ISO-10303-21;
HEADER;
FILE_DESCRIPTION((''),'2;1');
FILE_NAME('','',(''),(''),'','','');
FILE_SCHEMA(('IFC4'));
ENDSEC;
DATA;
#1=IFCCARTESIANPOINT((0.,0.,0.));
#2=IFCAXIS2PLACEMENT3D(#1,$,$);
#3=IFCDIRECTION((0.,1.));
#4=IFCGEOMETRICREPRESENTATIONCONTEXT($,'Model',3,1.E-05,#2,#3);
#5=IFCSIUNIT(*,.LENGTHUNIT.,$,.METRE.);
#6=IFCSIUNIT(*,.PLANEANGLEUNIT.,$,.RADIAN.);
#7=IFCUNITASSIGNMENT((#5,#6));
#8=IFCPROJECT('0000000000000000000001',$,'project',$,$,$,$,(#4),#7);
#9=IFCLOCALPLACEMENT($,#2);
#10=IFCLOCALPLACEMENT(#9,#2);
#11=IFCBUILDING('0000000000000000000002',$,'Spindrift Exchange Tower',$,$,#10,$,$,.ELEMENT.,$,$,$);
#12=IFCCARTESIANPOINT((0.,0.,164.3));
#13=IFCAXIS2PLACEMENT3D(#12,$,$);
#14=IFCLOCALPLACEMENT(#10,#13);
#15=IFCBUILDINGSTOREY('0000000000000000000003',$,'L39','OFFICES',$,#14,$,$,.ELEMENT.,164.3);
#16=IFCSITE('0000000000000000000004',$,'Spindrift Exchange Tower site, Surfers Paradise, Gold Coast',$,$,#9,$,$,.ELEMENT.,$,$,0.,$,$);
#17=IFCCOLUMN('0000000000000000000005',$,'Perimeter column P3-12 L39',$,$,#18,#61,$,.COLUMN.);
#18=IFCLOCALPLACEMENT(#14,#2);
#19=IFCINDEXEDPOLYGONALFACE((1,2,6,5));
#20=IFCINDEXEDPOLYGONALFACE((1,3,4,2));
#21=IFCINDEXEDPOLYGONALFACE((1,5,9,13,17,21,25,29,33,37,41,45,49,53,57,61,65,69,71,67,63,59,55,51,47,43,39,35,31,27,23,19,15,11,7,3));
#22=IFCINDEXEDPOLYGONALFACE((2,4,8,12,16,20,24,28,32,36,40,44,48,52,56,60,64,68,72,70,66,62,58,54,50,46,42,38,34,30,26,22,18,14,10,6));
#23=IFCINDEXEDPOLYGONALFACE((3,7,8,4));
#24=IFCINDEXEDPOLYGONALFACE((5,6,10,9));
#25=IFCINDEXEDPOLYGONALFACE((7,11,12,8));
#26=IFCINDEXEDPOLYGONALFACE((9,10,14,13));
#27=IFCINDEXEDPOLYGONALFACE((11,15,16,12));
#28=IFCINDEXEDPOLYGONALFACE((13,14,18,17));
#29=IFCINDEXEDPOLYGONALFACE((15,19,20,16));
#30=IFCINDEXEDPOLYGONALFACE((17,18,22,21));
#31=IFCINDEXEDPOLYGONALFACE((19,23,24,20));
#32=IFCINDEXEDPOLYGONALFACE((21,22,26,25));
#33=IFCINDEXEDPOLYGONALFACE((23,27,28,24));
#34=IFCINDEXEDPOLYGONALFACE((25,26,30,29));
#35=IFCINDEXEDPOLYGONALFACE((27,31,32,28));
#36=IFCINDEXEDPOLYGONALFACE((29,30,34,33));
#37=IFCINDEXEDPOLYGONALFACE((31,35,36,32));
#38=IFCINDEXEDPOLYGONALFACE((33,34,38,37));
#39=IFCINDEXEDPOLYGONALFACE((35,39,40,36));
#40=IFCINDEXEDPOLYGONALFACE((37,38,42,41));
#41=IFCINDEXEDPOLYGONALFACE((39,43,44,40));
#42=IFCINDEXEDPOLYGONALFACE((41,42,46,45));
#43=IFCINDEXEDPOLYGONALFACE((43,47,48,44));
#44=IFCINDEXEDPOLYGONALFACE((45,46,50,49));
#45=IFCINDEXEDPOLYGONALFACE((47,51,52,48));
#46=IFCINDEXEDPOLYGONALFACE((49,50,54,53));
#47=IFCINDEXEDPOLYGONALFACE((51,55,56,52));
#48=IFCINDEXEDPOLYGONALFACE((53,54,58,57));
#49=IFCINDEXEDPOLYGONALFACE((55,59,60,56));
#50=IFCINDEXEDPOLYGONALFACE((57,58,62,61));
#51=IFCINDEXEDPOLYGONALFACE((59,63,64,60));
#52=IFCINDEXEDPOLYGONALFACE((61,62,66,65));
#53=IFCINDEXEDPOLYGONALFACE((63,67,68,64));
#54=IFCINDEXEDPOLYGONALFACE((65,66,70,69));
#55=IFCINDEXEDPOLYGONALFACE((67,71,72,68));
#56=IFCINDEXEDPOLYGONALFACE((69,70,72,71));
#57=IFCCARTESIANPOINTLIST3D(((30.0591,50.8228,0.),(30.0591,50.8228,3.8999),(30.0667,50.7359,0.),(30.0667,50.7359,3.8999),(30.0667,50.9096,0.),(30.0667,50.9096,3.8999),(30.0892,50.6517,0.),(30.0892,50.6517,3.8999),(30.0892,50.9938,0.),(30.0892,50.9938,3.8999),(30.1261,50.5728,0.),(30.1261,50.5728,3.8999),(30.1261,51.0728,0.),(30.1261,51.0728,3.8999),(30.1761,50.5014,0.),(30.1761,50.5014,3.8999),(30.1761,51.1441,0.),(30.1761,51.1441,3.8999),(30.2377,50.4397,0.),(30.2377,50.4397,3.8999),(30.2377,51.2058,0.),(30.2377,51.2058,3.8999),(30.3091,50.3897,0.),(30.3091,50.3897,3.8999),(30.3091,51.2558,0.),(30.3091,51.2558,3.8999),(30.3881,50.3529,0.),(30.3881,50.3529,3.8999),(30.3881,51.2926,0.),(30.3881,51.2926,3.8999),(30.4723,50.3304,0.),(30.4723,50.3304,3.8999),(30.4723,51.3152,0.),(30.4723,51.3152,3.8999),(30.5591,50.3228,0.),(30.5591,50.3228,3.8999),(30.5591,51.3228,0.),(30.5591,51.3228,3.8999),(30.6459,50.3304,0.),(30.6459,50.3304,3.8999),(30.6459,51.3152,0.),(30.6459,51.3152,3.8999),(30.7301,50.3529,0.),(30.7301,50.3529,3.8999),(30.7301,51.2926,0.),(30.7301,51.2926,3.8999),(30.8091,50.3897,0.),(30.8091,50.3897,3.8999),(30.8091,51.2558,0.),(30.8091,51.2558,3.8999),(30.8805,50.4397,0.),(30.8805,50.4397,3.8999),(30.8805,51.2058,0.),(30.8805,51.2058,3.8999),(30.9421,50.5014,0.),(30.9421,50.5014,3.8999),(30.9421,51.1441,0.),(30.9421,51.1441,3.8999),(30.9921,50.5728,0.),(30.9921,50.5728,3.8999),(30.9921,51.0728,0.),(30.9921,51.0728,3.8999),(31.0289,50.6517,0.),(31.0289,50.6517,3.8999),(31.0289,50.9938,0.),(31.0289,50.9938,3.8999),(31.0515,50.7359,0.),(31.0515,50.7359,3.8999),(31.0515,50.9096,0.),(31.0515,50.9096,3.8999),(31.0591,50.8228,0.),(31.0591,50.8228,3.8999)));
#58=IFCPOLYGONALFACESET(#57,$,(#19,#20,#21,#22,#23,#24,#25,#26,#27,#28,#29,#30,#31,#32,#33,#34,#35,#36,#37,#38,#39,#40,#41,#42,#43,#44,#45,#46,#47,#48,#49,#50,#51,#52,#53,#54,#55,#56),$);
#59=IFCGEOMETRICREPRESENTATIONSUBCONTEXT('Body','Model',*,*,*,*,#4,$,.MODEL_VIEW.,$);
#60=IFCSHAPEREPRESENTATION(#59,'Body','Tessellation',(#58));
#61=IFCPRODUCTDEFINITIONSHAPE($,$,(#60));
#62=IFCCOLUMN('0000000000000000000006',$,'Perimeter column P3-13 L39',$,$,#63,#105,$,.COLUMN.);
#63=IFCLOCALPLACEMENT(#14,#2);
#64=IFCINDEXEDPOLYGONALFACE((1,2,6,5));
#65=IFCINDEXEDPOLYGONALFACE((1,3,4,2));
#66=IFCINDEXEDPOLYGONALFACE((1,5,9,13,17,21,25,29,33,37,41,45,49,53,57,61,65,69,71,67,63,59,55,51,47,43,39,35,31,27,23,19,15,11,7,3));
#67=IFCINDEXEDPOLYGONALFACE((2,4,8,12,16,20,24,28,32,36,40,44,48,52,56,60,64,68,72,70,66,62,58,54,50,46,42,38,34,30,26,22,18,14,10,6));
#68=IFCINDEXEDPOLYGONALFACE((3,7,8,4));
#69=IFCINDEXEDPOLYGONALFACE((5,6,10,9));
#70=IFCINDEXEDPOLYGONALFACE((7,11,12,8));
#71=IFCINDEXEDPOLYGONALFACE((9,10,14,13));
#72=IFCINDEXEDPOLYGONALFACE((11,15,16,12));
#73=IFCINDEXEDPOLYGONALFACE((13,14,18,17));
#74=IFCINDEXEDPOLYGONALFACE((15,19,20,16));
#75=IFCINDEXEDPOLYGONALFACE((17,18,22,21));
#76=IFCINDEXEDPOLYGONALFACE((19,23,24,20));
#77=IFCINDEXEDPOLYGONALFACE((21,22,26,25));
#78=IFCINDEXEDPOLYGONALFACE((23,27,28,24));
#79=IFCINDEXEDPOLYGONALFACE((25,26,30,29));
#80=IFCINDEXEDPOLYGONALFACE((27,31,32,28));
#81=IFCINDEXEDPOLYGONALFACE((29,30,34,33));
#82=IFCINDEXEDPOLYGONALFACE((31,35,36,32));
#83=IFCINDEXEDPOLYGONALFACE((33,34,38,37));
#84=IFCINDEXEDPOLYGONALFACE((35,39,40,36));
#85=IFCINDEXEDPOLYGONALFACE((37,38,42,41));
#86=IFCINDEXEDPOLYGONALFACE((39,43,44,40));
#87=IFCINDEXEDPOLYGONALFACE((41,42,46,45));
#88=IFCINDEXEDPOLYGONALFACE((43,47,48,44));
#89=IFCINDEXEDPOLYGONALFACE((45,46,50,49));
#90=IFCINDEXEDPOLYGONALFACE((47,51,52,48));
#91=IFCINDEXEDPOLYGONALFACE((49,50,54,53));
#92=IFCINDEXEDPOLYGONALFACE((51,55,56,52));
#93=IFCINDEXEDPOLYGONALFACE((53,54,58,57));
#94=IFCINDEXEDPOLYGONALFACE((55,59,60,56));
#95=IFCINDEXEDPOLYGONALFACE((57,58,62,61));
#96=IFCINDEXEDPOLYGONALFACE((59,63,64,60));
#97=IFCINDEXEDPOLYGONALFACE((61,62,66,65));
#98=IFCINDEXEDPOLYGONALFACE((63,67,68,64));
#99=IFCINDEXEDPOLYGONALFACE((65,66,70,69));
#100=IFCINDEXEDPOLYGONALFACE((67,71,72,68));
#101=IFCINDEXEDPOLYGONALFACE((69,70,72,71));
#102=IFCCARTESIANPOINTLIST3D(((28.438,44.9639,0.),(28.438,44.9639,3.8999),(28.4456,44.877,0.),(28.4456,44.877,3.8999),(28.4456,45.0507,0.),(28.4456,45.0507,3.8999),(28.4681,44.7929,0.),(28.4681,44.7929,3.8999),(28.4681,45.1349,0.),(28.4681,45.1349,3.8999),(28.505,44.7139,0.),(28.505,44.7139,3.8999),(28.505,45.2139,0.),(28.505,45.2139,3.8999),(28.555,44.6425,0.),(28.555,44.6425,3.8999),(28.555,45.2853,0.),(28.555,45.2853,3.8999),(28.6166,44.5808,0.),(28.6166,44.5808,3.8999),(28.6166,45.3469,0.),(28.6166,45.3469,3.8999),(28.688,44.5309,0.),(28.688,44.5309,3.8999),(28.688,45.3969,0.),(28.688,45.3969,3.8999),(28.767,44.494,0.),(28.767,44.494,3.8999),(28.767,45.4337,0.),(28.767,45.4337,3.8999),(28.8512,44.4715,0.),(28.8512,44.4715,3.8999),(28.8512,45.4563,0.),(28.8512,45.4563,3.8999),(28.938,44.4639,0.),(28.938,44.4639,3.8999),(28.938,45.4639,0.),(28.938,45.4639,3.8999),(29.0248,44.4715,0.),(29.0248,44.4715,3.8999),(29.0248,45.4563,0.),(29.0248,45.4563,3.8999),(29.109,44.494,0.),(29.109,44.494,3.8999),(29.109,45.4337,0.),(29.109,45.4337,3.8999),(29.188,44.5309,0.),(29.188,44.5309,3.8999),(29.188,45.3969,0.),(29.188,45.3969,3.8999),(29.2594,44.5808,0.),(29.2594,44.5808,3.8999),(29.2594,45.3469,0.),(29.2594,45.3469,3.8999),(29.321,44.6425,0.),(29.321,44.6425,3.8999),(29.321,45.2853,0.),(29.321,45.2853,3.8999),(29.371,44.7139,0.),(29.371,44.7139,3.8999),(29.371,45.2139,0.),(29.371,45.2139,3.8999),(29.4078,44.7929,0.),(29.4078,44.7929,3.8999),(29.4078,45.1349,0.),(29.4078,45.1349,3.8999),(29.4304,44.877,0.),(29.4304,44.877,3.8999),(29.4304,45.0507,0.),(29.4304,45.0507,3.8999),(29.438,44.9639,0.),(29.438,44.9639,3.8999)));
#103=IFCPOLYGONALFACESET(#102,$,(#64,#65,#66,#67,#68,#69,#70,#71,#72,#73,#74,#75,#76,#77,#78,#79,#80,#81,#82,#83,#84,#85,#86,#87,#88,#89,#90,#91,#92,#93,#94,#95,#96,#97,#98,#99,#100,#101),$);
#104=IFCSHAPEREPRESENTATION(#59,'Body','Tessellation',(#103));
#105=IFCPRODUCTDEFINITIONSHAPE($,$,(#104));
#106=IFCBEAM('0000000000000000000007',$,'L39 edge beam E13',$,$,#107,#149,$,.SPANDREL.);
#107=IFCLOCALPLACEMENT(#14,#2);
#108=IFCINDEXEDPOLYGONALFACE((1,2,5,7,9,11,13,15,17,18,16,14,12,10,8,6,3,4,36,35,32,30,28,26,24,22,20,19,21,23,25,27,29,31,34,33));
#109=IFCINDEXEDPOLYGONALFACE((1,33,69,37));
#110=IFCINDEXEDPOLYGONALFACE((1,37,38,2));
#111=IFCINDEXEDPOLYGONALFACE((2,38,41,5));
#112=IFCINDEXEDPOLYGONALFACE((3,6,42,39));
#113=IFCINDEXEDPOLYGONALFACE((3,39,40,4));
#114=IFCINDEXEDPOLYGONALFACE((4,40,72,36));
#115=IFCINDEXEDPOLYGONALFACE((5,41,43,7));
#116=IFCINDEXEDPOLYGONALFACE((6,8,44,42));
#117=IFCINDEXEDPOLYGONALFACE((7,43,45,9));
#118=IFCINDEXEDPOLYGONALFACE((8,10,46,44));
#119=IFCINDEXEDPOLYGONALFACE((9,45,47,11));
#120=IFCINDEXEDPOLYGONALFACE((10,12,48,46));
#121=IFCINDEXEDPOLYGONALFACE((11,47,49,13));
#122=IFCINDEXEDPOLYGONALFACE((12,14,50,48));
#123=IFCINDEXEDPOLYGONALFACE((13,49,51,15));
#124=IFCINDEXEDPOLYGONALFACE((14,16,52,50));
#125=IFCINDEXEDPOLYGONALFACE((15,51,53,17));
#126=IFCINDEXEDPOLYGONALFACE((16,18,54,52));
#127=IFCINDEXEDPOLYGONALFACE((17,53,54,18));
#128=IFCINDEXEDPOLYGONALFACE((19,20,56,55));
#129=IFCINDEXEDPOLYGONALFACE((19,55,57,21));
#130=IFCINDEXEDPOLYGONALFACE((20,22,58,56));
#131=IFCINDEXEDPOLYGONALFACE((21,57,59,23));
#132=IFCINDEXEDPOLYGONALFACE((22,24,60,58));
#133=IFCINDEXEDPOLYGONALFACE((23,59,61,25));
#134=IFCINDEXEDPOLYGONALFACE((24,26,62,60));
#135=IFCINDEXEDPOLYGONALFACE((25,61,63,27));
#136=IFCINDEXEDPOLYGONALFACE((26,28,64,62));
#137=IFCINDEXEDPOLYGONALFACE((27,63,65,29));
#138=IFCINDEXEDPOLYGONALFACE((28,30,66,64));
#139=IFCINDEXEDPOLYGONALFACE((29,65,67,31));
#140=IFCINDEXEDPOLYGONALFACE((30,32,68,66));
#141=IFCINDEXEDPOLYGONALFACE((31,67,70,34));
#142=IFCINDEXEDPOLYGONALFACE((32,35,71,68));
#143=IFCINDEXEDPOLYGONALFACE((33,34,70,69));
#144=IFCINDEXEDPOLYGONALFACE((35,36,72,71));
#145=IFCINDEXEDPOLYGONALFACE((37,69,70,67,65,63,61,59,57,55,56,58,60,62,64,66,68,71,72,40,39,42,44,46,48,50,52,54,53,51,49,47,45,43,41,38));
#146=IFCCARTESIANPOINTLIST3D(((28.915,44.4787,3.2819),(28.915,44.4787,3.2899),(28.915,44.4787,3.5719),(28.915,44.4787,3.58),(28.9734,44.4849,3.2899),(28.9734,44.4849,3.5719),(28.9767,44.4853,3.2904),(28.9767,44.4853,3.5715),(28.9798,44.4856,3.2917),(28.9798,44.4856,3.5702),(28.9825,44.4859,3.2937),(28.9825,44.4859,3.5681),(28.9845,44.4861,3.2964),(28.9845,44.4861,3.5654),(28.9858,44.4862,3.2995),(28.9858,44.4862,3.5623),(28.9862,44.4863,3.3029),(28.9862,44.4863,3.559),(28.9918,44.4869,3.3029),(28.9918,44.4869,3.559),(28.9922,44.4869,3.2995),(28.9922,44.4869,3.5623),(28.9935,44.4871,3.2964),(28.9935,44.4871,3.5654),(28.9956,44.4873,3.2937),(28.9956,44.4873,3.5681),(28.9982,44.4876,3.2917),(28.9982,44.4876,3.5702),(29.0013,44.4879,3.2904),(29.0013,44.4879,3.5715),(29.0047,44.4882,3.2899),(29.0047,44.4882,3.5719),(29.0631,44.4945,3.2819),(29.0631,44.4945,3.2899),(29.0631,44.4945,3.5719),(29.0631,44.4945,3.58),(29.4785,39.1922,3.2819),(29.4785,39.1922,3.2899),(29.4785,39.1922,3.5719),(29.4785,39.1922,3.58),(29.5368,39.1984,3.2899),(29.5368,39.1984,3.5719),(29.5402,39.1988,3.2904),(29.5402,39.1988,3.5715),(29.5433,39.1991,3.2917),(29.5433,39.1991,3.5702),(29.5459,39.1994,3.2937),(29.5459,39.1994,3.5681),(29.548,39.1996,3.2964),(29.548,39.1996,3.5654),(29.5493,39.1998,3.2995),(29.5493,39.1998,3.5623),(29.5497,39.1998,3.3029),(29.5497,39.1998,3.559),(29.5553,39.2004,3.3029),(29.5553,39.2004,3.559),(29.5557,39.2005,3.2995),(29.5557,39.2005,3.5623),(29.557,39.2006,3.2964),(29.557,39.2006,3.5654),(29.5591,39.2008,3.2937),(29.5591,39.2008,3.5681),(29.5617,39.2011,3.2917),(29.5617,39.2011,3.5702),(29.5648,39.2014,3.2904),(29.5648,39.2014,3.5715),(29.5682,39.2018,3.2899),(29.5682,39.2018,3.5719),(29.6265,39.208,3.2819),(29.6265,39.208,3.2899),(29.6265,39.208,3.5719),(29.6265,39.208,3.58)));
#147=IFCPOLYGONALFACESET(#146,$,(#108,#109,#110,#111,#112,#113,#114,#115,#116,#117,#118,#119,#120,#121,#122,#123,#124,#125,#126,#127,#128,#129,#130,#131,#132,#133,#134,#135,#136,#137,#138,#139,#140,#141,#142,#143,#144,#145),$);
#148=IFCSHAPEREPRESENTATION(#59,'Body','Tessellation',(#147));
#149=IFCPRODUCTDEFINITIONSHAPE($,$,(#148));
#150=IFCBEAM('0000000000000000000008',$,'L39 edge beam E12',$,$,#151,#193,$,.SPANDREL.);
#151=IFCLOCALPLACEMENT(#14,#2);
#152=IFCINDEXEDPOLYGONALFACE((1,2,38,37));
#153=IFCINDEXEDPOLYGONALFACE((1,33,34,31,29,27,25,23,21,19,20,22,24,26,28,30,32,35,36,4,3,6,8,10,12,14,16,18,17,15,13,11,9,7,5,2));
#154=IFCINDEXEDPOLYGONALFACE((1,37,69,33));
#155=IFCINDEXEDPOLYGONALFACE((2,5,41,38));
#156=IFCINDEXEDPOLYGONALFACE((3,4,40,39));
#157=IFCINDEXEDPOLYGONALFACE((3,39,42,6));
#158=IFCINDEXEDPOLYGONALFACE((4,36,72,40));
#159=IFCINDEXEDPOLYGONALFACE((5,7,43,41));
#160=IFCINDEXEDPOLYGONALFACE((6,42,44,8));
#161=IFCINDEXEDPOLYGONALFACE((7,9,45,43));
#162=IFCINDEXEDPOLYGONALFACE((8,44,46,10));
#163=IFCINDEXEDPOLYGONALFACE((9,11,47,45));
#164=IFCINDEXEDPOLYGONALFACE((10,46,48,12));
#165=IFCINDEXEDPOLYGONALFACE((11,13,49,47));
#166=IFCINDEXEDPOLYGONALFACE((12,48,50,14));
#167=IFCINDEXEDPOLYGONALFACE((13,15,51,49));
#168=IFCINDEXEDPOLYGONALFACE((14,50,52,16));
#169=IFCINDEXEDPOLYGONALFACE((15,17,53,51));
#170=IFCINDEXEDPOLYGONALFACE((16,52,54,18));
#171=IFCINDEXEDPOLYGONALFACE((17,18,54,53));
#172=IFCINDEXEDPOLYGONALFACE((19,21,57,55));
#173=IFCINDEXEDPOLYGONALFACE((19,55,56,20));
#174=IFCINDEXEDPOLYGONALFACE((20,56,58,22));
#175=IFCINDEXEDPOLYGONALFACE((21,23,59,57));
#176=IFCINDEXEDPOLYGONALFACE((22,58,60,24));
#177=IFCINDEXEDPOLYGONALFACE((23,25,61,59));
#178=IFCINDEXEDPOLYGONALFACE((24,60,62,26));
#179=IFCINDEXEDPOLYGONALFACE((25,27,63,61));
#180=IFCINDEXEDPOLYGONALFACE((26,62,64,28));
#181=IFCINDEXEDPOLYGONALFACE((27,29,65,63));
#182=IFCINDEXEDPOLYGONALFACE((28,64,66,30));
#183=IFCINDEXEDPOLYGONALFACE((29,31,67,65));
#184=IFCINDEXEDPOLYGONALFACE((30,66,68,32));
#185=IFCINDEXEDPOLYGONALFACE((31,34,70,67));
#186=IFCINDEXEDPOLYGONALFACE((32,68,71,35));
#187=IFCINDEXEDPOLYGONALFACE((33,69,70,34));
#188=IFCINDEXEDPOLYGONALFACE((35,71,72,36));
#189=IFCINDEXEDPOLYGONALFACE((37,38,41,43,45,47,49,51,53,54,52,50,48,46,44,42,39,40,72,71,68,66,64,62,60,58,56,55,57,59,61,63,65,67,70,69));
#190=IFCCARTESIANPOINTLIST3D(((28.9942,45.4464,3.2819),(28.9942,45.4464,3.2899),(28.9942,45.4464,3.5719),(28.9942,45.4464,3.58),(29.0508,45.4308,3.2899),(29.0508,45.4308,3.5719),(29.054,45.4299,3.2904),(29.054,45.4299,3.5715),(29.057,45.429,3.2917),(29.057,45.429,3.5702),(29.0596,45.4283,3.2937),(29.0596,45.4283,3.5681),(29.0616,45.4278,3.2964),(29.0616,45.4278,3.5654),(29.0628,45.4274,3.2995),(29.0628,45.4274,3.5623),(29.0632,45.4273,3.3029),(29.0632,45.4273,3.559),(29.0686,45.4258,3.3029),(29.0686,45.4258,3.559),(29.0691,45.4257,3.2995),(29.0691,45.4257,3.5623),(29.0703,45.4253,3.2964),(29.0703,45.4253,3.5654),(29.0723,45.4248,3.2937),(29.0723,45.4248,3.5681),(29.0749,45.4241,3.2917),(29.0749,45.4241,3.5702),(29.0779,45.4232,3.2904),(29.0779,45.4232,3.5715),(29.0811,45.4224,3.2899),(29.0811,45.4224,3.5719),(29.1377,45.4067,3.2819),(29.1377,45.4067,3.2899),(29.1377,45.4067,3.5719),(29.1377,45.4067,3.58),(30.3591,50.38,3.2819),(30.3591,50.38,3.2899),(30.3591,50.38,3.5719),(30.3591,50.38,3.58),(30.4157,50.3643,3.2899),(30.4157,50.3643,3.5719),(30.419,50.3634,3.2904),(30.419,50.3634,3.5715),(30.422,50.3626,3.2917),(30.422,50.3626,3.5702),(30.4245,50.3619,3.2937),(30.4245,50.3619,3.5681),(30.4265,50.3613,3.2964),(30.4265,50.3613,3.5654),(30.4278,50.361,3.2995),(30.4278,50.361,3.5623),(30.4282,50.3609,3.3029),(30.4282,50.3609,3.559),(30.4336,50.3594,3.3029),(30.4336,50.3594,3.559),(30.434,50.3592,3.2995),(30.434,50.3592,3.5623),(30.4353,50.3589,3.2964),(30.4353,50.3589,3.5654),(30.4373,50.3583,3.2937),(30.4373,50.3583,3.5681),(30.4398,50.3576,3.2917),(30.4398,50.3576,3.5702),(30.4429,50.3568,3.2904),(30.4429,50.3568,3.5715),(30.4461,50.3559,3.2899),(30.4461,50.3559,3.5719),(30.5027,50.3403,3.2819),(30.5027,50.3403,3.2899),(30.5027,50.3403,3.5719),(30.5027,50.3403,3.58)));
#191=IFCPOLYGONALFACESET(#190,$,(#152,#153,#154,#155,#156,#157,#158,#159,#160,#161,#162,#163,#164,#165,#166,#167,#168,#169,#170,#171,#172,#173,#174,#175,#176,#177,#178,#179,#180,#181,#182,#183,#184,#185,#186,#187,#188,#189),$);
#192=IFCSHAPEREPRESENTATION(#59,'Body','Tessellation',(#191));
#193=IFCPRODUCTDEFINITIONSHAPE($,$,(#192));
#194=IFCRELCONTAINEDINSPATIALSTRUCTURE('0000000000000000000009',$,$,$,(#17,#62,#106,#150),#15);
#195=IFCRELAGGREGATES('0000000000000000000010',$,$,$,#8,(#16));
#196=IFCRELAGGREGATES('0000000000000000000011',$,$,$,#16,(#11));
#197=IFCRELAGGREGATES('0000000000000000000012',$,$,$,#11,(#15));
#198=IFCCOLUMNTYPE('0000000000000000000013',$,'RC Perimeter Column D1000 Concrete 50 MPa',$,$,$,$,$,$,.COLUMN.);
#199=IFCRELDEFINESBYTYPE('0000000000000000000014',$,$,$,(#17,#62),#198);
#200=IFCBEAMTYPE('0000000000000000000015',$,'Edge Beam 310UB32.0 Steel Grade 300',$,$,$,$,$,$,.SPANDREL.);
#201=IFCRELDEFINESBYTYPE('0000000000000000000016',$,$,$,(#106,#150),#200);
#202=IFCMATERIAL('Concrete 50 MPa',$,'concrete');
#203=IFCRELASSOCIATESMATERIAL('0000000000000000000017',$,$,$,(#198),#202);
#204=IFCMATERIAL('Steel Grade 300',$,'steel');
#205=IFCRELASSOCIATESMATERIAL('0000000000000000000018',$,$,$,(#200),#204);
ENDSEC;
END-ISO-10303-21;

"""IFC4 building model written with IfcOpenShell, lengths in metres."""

from ifc_helpers import new_model, si_unit, direction, frame, origin, origin_2d, place, context, subcontext, project, spatial, circle, i_section, extrude, source, transform, mapped, material, material_profile, profile_set, type_object, element, save


model = new_model("IFC4")

# Units and contexts
model_context = context("Model", 3, precision=1e-05, world=origin(), true_north=direction((0.0, 1.0)))
body_context = subcontext(model_context, "Body", "Model", "MODEL_VIEW")
ifc_project = project(units=[si_unit("LENGTHUNIT", "METRE"), si_unit("PLANEANGLEUNIT", "RADIAN")], contexts=[model_context])

# Site, building, storey
site_placement = place(None, origin())
site = spatial("IfcSite", under=ifc_project, at=site_placement, Name="Spindrift Exchange Tower site, Surfers Paradise, Gold Coast", CompositionType="ELEMENT", RefElevation=0.0)
building_placement = place(site_placement, origin())
building = spatial("IfcBuilding", under=site, at=building_placement, Name="Spindrift Exchange Tower", CompositionType="ELEMENT")
storey_placement = place(building_placement, frame((0.0, 0.0, 164.3)))
storey = spatial("IfcBuildingStorey", under=building, at=storey_placement, Name="L39", Description="OFFICES", CompositionType="ELEMENT", Elevation=164.3)

# Columns
ifc_material_1 = material(Name="Concrete 50 MPa", Category="concrete")
ifc_material_profile_1 = material_profile(ifc_material_1, circle(Radius=0.5, at=origin_2d()), Name="RC D1000")
ifc_profile_set_1 = profile_set([ifc_material_profile_1], Name="Concrete 50 MPa")
column_type = type_object("IfcColumnType", Name="RC Perimeter Column D1000 Concrete 50 MPa", PredefinedType="COLUMN", material=ifc_profile_set_1)
shared_shape_1 = source(origin(), body_context, "Body", "SweptSolid", [
    extrude(circle(Radius=0.5, at=origin_2d()), origin(), (0.0, 0.0, 1.0), 3.8999),
])
for number, where, z_axis, x_axis, name in (
    (1, (30.5591, 50.8228, 0.0), (0.0, 0.0, 1.0), (1.0, 0.0, 0.0), "Perimeter column P3-12 L39"),
    (2, (28.938, 44.9639, 0.0), (0.0, 0.0, 1.0), (1.0, 0.0, 0.0), "Perimeter column P3-13 L39"),
):
    element("IfcColumn", number, at=place(storey_placement, frame(where, z_axis=z_axis, x_axis=x_axis)), inside=storey, type_object=column_type, Name=name, PredefinedType="COLUMN", context=body_context, shape_type="MappedRepresentation", body=[
        mapped(shared_shape_1, transform((0.0, 0.0, 0.0), scale=1.0)),
    ])

# Beams
ifc_material_2 = material(Name="Steel Grade 300", Category="steel")
ifc_material_profile_2 = material_profile(ifc_material_2, i_section(OverallWidth=0.1489, OverallDepth=0.2981, WebThickness=0.0056, FlangeThickness=0.0081, FilletRadius=0.0129, at=origin_2d()), Name="310UB32.0")
ifc_profile_set_2 = profile_set([ifc_material_profile_2], Name="Steel Grade 300")
beam_type = type_object("IfcBeamType", Name="Edge Beam 310UB32.0 Steel Grade 300", PredefinedType="SPANDREL", material=ifc_profile_set_2)
shared_shape_2 = source(origin(), body_context, "Body", "SweptSolid", [
    extrude(i_section(OverallWidth=0.1489, OverallDepth=0.2981, WebThickness=0.0056, FlangeThickness=0.0081, FilletRadius=0.0129, at=origin_2d()), origin(), (0.0, 0.0, 1.0), 5.3164),
])
beam_1_placement = place(storey_placement, frame((28.989, 44.4866, 3.4309), z_axis=(0.10599, -0.994367, 0.0), x_axis=(0.994367, 0.10599, 0.0)))
element("IfcBeam", 3, at=beam_1_placement, inside=storey, type_object=beam_type, Name="L39 edge beam E13", PredefinedType="SPANDREL", context=body_context, shape_type="MappedRepresentation", body=[
    mapped(shared_shape_2, transform((0.0, 0.0, 0.0), scale=1.0)),
])
shared_shape_3 = source(origin(), body_context, "Body", "SweptSolid", [
    extrude(i_section(OverallWidth=0.1489, OverallDepth=0.2981, WebThickness=0.0056, FlangeThickness=0.0081, FilletRadius=0.0129, at=origin_2d()), origin(), (0.0, 0.0, 1.0), 5.1189),
])
beam_2_placement = place(storey_placement, frame((30.4309, 50.3601, 3.4309), z_axis=(-0.266655, -0.963792, 0.0), x_axis=(0.963792, -0.266655, 0.0)))
element("IfcBeam", 4, at=beam_2_placement, inside=storey, type_object=beam_type, Name="L39 edge beam E12", PredefinedType="SPANDREL", context=body_context, shape_type="MappedRepresentation", body=[
    mapped(shared_shape_3, transform((0.0, 0.0, 0.0), scale=1.0)),
])

save(model, "model.ifc")
